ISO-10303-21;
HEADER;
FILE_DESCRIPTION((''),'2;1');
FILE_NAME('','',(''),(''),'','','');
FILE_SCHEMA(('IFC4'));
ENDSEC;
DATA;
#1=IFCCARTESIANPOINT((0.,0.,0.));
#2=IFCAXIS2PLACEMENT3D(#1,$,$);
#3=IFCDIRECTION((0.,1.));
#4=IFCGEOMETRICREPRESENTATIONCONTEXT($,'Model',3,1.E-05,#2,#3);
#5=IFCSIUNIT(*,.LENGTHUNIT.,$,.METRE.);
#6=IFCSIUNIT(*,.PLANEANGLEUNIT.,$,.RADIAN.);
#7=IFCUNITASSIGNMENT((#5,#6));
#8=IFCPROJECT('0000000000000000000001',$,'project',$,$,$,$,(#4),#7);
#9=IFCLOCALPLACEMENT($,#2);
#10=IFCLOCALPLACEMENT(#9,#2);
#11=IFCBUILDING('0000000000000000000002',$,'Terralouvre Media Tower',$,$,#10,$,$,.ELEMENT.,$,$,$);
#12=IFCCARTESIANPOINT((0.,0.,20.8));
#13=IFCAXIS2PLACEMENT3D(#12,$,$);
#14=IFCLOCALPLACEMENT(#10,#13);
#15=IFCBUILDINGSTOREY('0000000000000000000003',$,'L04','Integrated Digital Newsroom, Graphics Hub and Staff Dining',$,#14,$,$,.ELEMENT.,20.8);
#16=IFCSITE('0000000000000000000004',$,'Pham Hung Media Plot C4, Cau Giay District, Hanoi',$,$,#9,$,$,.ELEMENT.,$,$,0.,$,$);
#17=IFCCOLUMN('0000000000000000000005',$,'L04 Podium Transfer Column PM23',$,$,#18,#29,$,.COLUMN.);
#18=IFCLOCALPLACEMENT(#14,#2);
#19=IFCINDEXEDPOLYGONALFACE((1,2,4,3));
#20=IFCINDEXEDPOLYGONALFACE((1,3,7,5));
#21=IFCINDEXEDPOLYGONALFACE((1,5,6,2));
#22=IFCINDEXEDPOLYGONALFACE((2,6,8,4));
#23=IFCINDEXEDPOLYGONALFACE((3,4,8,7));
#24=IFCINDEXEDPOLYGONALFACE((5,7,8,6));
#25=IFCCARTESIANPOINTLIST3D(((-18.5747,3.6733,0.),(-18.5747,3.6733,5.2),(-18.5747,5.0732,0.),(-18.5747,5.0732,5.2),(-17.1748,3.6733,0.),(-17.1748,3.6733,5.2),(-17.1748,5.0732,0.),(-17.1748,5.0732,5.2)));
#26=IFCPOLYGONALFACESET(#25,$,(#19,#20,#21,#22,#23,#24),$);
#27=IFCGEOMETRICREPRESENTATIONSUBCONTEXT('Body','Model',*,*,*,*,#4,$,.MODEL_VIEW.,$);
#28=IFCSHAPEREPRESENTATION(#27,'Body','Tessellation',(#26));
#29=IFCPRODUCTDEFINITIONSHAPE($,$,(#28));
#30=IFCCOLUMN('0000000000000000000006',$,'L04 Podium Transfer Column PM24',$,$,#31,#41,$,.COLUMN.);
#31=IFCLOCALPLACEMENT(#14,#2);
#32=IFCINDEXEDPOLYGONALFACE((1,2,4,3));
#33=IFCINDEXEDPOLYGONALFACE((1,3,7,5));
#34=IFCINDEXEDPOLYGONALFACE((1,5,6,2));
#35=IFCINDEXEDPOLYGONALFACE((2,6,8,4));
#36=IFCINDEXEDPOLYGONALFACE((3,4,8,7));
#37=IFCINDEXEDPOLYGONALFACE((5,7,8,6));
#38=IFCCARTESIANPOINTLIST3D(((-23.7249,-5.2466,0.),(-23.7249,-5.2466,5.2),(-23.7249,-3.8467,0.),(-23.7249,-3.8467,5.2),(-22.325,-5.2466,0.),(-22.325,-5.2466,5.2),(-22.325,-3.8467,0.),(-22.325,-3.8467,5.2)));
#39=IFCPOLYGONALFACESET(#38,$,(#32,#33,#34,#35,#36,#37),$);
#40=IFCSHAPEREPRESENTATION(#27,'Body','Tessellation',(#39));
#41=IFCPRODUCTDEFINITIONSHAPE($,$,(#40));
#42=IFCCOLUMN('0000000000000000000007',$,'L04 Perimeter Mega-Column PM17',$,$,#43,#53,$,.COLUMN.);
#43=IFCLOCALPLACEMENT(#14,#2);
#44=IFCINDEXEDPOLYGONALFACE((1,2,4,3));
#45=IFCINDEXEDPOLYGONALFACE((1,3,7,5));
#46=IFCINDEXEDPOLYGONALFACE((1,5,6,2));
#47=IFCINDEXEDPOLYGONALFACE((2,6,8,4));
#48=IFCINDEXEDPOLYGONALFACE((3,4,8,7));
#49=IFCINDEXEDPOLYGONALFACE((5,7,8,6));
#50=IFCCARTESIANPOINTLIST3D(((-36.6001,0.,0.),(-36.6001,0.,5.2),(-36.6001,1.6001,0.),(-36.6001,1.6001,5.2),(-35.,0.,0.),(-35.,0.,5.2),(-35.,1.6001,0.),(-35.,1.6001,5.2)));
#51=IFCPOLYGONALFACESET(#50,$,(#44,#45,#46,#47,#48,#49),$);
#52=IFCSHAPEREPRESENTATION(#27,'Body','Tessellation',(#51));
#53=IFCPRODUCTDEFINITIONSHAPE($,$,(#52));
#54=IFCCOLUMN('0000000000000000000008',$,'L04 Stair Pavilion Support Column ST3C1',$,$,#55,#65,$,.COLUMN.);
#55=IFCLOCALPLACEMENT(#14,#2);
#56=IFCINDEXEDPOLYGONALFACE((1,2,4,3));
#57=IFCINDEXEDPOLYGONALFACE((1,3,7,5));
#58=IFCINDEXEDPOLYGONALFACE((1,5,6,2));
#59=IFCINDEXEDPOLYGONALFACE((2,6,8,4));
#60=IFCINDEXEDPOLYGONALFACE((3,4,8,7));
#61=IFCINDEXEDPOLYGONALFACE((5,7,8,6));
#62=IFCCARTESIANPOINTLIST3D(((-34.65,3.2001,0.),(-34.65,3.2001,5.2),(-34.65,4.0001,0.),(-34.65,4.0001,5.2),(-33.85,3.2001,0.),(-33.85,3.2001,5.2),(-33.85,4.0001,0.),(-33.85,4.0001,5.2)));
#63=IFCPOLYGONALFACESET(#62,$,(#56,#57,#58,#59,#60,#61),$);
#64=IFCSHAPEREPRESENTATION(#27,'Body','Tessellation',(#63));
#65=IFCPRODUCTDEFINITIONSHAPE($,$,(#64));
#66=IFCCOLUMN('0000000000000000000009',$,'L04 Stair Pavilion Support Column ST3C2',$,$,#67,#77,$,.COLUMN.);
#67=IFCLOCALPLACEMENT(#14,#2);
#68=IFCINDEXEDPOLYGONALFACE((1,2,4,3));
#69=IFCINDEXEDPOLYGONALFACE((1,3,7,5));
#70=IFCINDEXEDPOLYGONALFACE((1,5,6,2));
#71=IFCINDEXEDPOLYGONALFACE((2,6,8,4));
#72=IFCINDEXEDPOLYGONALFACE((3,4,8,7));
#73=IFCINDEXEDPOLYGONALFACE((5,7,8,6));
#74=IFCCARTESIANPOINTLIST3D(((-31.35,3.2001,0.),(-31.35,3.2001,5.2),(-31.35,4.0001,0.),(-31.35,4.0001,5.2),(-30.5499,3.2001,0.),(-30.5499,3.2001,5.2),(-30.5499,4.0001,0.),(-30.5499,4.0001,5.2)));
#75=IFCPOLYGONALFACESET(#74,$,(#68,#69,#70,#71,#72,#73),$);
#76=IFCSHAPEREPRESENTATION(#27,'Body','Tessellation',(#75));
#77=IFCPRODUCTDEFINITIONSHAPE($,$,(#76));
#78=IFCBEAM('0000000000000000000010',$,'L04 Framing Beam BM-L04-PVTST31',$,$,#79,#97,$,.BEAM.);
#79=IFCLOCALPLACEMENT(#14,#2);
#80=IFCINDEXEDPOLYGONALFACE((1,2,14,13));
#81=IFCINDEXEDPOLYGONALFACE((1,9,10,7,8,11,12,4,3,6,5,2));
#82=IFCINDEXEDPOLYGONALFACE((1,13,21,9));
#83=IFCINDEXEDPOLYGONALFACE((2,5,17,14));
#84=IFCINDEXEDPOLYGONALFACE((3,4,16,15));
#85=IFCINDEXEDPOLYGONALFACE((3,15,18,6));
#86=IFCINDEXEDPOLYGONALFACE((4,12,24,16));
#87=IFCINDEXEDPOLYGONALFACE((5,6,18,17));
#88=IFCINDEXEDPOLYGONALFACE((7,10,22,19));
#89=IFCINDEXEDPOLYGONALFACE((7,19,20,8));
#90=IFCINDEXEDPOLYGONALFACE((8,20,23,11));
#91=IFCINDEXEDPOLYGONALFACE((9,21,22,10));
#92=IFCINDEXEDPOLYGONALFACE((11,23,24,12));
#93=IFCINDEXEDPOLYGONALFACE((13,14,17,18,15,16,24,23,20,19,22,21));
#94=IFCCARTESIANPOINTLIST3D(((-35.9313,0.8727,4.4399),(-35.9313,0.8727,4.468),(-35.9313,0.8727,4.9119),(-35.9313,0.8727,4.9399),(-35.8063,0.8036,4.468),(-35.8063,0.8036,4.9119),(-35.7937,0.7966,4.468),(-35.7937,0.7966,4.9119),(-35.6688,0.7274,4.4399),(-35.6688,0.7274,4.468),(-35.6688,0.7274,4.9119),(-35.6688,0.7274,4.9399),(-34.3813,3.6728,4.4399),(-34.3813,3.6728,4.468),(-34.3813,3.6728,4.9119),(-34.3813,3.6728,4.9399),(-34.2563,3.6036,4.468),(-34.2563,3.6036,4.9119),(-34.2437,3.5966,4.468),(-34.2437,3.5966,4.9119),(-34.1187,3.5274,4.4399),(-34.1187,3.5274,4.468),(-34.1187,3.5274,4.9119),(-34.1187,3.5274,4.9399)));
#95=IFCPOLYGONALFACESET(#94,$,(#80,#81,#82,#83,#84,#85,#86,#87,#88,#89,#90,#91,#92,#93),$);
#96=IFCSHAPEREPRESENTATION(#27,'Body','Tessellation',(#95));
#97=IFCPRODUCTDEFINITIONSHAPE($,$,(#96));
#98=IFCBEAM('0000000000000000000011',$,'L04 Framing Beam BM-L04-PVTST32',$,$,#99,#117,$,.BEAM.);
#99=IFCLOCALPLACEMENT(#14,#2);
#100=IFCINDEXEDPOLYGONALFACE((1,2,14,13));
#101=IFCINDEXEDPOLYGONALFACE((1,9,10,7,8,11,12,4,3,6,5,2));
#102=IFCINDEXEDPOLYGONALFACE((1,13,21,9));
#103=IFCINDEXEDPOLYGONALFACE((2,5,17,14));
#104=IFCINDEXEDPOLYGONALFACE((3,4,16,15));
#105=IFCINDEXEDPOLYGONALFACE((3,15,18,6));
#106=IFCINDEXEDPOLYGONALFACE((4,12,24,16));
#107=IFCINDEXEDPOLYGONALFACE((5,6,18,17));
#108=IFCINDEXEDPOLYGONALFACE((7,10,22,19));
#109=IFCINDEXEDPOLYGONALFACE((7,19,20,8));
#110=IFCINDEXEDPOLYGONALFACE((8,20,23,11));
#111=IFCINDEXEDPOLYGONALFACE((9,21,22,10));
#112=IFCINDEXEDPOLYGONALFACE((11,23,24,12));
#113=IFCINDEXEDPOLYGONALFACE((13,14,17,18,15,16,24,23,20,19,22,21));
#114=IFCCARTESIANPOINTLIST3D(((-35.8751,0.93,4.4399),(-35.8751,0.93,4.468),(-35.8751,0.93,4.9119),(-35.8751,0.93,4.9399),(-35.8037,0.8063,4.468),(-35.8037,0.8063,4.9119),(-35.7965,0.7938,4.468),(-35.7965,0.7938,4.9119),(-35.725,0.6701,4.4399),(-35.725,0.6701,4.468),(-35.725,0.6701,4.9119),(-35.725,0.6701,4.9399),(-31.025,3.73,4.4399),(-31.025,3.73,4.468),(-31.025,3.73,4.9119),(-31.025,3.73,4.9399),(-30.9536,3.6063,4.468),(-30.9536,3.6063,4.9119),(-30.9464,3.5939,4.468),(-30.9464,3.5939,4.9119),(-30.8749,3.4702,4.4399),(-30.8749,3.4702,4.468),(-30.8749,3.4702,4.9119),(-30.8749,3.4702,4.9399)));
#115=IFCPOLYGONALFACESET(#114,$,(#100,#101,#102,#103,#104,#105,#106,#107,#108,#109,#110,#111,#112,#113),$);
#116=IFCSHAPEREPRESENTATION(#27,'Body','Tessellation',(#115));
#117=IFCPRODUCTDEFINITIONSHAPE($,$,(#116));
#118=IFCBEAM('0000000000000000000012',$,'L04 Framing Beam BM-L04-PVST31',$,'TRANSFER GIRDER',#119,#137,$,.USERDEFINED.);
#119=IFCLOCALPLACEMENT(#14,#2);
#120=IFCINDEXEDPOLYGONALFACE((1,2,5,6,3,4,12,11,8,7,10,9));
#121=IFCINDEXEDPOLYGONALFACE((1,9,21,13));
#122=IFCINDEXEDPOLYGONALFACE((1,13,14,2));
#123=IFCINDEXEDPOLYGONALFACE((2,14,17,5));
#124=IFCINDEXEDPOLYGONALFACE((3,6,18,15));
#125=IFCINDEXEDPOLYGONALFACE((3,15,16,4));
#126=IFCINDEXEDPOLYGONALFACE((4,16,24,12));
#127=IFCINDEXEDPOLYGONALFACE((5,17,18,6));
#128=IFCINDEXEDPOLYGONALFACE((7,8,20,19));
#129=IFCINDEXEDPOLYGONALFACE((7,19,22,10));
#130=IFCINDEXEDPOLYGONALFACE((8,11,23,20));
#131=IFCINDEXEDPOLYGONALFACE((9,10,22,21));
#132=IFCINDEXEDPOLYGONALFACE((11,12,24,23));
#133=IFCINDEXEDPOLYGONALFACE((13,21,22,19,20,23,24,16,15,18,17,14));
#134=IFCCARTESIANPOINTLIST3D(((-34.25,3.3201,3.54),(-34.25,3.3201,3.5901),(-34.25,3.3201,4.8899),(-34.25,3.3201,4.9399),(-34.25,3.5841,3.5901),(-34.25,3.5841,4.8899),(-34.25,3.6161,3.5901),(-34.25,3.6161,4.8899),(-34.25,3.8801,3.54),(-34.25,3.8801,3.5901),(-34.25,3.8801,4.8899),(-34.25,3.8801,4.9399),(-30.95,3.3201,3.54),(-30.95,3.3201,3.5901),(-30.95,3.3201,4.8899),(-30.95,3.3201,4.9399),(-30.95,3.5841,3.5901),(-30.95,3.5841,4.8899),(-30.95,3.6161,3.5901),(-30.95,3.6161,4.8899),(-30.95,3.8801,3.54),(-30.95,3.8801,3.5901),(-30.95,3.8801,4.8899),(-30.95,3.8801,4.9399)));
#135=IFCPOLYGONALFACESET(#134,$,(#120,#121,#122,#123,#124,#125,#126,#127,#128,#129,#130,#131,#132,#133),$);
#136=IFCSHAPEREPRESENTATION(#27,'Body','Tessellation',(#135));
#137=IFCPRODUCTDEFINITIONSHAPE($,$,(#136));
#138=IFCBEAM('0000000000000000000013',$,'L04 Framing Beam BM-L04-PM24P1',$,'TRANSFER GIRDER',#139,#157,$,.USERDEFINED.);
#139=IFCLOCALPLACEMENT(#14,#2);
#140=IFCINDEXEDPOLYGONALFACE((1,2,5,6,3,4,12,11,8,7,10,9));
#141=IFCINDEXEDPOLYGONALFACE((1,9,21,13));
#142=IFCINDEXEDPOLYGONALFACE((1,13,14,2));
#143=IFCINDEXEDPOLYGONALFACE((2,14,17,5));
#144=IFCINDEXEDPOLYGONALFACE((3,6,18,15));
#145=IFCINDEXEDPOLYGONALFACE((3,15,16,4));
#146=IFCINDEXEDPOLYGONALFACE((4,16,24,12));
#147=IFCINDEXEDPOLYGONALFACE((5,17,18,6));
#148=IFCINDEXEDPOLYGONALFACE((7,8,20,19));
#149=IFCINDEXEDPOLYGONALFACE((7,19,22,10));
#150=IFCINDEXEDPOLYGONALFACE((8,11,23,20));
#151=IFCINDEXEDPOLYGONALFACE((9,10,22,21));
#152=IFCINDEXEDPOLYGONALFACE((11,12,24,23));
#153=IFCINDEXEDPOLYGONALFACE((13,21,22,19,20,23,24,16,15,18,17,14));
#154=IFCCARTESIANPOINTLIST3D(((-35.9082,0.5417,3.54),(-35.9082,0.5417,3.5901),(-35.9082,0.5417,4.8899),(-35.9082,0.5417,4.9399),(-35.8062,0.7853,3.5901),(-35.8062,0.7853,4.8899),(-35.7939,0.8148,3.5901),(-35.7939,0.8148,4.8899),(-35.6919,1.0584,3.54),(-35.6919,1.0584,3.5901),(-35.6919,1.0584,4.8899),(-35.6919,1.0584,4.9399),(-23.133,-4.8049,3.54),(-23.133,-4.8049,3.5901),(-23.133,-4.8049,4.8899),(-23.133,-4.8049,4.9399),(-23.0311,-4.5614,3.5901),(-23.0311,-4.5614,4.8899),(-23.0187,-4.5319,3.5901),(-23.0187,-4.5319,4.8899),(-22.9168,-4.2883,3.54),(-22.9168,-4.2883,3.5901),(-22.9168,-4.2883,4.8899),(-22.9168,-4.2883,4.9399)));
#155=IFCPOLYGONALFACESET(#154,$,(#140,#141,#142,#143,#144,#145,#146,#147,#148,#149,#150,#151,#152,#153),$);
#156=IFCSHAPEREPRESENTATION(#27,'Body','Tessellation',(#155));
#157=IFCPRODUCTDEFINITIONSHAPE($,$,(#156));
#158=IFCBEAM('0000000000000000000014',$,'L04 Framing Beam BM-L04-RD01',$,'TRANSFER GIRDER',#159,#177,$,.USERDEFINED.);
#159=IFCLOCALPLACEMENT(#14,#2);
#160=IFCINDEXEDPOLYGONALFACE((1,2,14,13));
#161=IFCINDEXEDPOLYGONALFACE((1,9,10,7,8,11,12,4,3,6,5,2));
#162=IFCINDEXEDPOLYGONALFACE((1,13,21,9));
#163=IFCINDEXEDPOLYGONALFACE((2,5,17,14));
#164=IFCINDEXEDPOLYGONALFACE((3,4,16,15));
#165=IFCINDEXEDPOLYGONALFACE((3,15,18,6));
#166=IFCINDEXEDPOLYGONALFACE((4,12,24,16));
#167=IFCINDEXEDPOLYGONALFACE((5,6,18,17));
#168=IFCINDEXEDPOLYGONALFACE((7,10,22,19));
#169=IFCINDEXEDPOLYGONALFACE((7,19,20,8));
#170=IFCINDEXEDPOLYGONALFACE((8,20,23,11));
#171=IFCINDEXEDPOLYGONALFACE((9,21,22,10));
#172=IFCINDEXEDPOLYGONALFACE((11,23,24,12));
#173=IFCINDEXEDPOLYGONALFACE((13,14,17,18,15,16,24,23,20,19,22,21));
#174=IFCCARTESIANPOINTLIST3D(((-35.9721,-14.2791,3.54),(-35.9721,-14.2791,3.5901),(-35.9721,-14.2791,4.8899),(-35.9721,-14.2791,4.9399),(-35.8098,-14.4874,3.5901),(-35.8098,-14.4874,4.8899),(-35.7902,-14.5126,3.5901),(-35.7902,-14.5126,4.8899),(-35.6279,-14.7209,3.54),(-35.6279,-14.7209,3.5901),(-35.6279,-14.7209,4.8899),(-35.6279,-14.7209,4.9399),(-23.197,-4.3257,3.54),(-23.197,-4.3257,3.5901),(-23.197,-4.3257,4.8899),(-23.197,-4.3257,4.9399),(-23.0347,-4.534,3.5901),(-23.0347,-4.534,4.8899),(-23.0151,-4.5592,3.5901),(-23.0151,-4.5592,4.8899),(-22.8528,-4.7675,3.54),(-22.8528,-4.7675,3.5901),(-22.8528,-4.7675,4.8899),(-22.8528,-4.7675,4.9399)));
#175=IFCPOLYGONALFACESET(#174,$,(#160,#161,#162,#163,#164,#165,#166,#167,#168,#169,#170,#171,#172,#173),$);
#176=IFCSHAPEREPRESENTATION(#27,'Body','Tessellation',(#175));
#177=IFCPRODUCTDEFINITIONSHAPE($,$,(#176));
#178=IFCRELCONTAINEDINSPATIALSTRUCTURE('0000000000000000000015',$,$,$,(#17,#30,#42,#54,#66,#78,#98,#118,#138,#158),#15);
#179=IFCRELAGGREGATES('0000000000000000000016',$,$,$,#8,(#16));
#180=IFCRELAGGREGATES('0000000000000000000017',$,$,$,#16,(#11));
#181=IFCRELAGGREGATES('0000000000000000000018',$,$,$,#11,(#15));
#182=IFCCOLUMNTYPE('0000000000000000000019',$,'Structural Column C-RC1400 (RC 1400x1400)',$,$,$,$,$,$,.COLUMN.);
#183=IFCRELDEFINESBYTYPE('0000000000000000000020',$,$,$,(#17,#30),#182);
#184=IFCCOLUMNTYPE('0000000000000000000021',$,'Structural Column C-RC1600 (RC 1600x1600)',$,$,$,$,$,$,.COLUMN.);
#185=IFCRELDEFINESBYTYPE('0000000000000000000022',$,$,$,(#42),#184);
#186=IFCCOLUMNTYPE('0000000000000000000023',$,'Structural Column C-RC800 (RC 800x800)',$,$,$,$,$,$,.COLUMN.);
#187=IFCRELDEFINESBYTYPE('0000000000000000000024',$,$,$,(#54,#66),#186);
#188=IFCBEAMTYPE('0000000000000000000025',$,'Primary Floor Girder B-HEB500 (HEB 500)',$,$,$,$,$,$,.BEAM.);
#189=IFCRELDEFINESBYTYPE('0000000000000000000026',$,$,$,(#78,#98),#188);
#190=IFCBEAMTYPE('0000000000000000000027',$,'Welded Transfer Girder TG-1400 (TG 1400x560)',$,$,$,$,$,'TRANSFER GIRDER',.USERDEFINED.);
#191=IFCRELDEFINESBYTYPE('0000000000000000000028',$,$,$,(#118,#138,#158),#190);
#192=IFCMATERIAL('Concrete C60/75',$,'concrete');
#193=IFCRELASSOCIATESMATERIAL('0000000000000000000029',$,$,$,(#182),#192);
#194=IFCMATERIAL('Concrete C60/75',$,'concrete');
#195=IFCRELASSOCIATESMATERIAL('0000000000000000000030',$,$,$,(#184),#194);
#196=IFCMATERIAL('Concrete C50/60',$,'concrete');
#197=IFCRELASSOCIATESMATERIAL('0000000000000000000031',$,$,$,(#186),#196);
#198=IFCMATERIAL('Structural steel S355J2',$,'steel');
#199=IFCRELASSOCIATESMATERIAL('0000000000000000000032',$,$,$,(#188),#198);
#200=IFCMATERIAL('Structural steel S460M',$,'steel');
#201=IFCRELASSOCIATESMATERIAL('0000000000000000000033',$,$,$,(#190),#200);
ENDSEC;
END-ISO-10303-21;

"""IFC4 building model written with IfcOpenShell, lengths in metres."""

from ifc_helpers import new_model, si_unit, direction, frame, origin, origin_2d, place, context, subcontext, project, spatial, rectangle, i_section, extrude, material, material_profile, profile_set, type_object, element, save


model = new_model("IFC4")

# Units and contexts
model_context = context("Model", 3, precision=1e-05, world=origin(), true_north=direction((0.0, 1.0)))
body_context = subcontext(model_context, "Body", "Model", "MODEL_VIEW")
ifc_project = project(units=[si_unit("LENGTHUNIT", "METRE"), si_unit("PLANEANGLEUNIT", "RADIAN")], contexts=[model_context])

# Site, building, storey
site_placement = place(None, origin())
site = spatial("IfcSite", under=ifc_project, at=site_placement, Name="Pham Hung Media Plot C4, Cau Giay District, Hanoi", CompositionType="ELEMENT", RefElevation=0.0)
building_placement = place(site_placement, origin())
building = spatial("IfcBuilding", under=site, at=building_placement, Name="Terralouvre Media Tower", CompositionType="ELEMENT")
storey_placement = place(building_placement, frame((0.0, 0.0, 20.8)))
storey = spatial("IfcBuildingStorey", under=building, at=storey_placement, Name="L04", Description="Integrated Digital Newsroom, Graphics Hub and Staff Dining", CompositionType="ELEMENT", Elevation=20.8)

# Columns
ifc_material_1 = material(Name="Concrete C60/75", Category="concrete")
ifc_material_profile_1 = material_profile(ifc_material_1, rectangle(XDim=1.3999, YDim=1.3999, at=origin_2d()), Name="RC 1400x1400")
ifc_profile_set_1 = profile_set([ifc_material_profile_1], Name="Concrete C60/75")
column_type_1 = type_object("IfcColumnType", Name="Structural Column C-RC1400 (RC 1400x1400)", PredefinedType="COLUMN", material=ifc_profile_set_1)
for number, where, z_axis, x_axis, name in (
    (1, (-17.8748, 4.3733, 0.0), (0.0, 0.0, 1.0), (1.0, 0.0, 0.0), "L04 Podium Transfer Column PM23"),
    (2, (-23.0249, -4.5466, 0.0), (0.0, 0.0, 1.0), (1.0, 0.0, 0.0), "L04 Podium Transfer Column PM24"),
):
    element("IfcColumn", number, at=place(storey_placement, frame(where, z_axis=z_axis, x_axis=x_axis)), inside=storey, type_object=column_type_1, Name=name, PredefinedType="COLUMN", context=body_context, shape_type="SweptSolid", body=[
        extrude(rectangle(XDim=1.3999, YDim=1.3999, at=origin_2d()), origin(), (0.0, 0.0, 1.0), 5.2),
    ])
ifc_material_2 = material(Name="Concrete C60/75", Category="concrete")
ifc_material_profile_2 = material_profile(ifc_material_2, rectangle(XDim=1.6001, YDim=1.6001, at=origin_2d()), Name="RC 1600x1600")
ifc_profile_set_2 = profile_set([ifc_material_profile_2], Name="Concrete C60/75")
column_type_2 = type_object("IfcColumnType", Name="Structural Column C-RC1600 (RC 1600x1600)", PredefinedType="COLUMN", material=ifc_profile_set_2)
column_placement = place(storey_placement, frame((-35.8, 0.8, 0.0), z_axis=(0.0, 0.0, 1.0), x_axis=(1.0, 0.0, 0.0)))
element("IfcColumn", 3, at=column_placement, inside=storey, type_object=column_type_2, Name="L04 Perimeter Mega-Column PM17", PredefinedType="COLUMN", context=body_context, shape_type="SweptSolid", body=[
    extrude(rectangle(XDim=1.6001, YDim=1.6001, at=origin_2d()), origin(), (0.0, 0.0, 1.0), 5.2),
])
ifc_material_3 = material(Name="Concrete C50/60", Category="concrete")
ifc_material_profile_3 = material_profile(ifc_material_3, rectangle(XDim=0.8, YDim=0.8, at=origin_2d()), Name="RC 800x800")
ifc_profile_set_3 = profile_set([ifc_material_profile_3], Name="Concrete C50/60")
column_type_3 = type_object("IfcColumnType", Name="Structural Column C-RC800 (RC 800x800)", PredefinedType="COLUMN", material=ifc_profile_set_3)
for number, where, z_axis, x_axis, name in (
    (4, (-34.25, 3.6001, 0.0), (0.0, 0.0, 1.0), (1.0, 0.0, 0.0), "L04 Stair Pavilion Support Column ST3C1"),
    (5, (-30.95, 3.6001, 0.0), (0.0, 0.0, 1.0), (1.0, 0.0, 0.0), "L04 Stair Pavilion Support Column ST3C2"),
):
    element("IfcColumn", number, at=place(storey_placement, frame(where, z_axis=z_axis, x_axis=x_axis)), inside=storey, type_object=column_type_3, Name=name, PredefinedType="COLUMN", context=body_context, shape_type="SweptSolid", body=[
        extrude(rectangle(XDim=0.8, YDim=0.8, at=origin_2d()), origin(), (0.0, 0.0, 1.0), 5.2),
    ])

# Beams
ifc_material_4 = material(Name="Structural steel S355J2", Category="steel")
ifc_material_profile_4 = material_profile(ifc_material_4, i_section(OverallWidth=0.3, OverallDepth=0.5, WebThickness=0.0144, FlangeThickness=0.0281, at=origin_2d()), Name="HEB 500")
ifc_profile_set_4 = profile_set([ifc_material_profile_4], Name="Structural steel S355J2")
beam_type_1 = type_object("IfcBeamType", Name="Primary Floor Girder B-HEB500 (HEB 500)", PredefinedType="BEAM", material=ifc_profile_set_4)
beam_1_placement = place(storey_placement, frame((-34.25, 3.6001, 4.6899), z_axis=(-0.484321, -0.87489, 0.0), x_axis=(0.87489, -0.484321, 0.0)))
element("IfcBeam", 6, at=beam_1_placement, inside=storey, type_object=beam_type_1, Name="L04 Framing Beam BM-L04-PVTST31", PredefinedType="BEAM", context=body_context, shape_type="SweptSolid", body=[
    extrude(i_section(OverallWidth=0.3, OverallDepth=0.5, WebThickness=0.0144, FlangeThickness=0.0281, at=origin_2d()), origin(), (0.0, 0.0, 1.0), 3.2004),
])
beam_2_placement = place(storey_placement, frame((-30.95, 3.6001, 4.6899), z_axis=(-0.866037, -0.499979, 0.0), x_axis=(0.499979, -0.866037, 0.0)))
element("IfcBeam", 7, at=beam_2_placement, inside=storey, type_object=beam_type_1, Name="L04 Framing Beam BM-L04-PVTST32", PredefinedType="BEAM", context=body_context, shape_type="SweptSolid", body=[
    extrude(i_section(OverallWidth=0.3, OverallDepth=0.5, WebThickness=0.0144, FlangeThickness=0.0281, at=origin_2d()), origin(), (0.0, 0.0, 1.0), 5.6003),
])
ifc_material_5 = material(Name="Structural steel S460M", Category="steel")
ifc_material_profile_5 = material_profile(ifc_material_5, i_section(OverallWidth=0.5601, OverallDepth=1.3999, WebThickness=0.032, FlangeThickness=0.05, at=origin_2d()), Name="TG 1400x560")
ifc_profile_set_5 = profile_set([ifc_material_profile_5], Name="Structural steel S460M")
beam_type_2 = type_object("IfcBeamType", Name="Welded Transfer Girder TG-1400 (TG 1400x560)", ElementType="TRANSFER GIRDER", PredefinedType="USERDEFINED", material=ifc_profile_set_5)
beam_3_placement = place(storey_placement, frame((-34.25, 3.6001, 4.24), z_axis=(1.0, 0.0, 0.0), x_axis=(0.0, 1.0, 0.0)))
element("IfcBeam", 8, at=beam_3_placement, inside=storey, type_object=beam_type_2, Name="L04 Framing Beam BM-L04-PVST31", ObjectType="TRANSFER GIRDER", PredefinedType="USERDEFINED", context=body_context, shape_type="SweptSolid", body=[
    extrude(i_section(OverallWidth=0.5601, OverallDepth=1.3999, WebThickness=0.032, FlangeThickness=0.05, at=origin_2d()), origin(), (0.0, 0.0, 1.0), 3.3),
])
beam_4_placement = place(storey_placement, frame((-23.0249, -4.5466, 4.24), z_axis=(-0.922468, 0.386073, 0.0), x_axis=(-0.386073, -0.922468, 0.0)))
element("IfcBeam", 9, at=beam_4_placement, inside=storey, type_object=beam_type_2, Name="L04 Framing Beam BM-L04-PM24P1", ObjectType="TRANSFER GIRDER", PredefinedType="USERDEFINED", context=body_context, shape_type="SweptSolid", body=[
    extrude(i_section(OverallWidth=0.5601, OverallDepth=1.3999, WebThickness=0.032, FlangeThickness=0.05, at=origin_2d()), origin(), (0.0, 0.0, 1.0), 13.8489),
])
beam_5_placement = place(storey_placement, frame((-23.0249, -4.5466, 4.24), z_axis=(-0.788839, -0.6146, 0.0), x_axis=(0.6146, -0.788839, 0.0)))
element("IfcBeam", 10, at=beam_5_placement, inside=storey, type_object=beam_type_2, Name="L04 Framing Beam BM-L04-RD01", ObjectType="TRANSFER GIRDER", PredefinedType="USERDEFINED", context=body_context, shape_type="SweptSolid", body=[
    extrude(i_section(OverallWidth=0.5601, OverallDepth=1.3999, WebThickness=0.032, FlangeThickness=0.05, at=origin_2d()), origin(), (0.0, 0.0, 1.0), 16.1948),
])

save(model, "model.ifc")
